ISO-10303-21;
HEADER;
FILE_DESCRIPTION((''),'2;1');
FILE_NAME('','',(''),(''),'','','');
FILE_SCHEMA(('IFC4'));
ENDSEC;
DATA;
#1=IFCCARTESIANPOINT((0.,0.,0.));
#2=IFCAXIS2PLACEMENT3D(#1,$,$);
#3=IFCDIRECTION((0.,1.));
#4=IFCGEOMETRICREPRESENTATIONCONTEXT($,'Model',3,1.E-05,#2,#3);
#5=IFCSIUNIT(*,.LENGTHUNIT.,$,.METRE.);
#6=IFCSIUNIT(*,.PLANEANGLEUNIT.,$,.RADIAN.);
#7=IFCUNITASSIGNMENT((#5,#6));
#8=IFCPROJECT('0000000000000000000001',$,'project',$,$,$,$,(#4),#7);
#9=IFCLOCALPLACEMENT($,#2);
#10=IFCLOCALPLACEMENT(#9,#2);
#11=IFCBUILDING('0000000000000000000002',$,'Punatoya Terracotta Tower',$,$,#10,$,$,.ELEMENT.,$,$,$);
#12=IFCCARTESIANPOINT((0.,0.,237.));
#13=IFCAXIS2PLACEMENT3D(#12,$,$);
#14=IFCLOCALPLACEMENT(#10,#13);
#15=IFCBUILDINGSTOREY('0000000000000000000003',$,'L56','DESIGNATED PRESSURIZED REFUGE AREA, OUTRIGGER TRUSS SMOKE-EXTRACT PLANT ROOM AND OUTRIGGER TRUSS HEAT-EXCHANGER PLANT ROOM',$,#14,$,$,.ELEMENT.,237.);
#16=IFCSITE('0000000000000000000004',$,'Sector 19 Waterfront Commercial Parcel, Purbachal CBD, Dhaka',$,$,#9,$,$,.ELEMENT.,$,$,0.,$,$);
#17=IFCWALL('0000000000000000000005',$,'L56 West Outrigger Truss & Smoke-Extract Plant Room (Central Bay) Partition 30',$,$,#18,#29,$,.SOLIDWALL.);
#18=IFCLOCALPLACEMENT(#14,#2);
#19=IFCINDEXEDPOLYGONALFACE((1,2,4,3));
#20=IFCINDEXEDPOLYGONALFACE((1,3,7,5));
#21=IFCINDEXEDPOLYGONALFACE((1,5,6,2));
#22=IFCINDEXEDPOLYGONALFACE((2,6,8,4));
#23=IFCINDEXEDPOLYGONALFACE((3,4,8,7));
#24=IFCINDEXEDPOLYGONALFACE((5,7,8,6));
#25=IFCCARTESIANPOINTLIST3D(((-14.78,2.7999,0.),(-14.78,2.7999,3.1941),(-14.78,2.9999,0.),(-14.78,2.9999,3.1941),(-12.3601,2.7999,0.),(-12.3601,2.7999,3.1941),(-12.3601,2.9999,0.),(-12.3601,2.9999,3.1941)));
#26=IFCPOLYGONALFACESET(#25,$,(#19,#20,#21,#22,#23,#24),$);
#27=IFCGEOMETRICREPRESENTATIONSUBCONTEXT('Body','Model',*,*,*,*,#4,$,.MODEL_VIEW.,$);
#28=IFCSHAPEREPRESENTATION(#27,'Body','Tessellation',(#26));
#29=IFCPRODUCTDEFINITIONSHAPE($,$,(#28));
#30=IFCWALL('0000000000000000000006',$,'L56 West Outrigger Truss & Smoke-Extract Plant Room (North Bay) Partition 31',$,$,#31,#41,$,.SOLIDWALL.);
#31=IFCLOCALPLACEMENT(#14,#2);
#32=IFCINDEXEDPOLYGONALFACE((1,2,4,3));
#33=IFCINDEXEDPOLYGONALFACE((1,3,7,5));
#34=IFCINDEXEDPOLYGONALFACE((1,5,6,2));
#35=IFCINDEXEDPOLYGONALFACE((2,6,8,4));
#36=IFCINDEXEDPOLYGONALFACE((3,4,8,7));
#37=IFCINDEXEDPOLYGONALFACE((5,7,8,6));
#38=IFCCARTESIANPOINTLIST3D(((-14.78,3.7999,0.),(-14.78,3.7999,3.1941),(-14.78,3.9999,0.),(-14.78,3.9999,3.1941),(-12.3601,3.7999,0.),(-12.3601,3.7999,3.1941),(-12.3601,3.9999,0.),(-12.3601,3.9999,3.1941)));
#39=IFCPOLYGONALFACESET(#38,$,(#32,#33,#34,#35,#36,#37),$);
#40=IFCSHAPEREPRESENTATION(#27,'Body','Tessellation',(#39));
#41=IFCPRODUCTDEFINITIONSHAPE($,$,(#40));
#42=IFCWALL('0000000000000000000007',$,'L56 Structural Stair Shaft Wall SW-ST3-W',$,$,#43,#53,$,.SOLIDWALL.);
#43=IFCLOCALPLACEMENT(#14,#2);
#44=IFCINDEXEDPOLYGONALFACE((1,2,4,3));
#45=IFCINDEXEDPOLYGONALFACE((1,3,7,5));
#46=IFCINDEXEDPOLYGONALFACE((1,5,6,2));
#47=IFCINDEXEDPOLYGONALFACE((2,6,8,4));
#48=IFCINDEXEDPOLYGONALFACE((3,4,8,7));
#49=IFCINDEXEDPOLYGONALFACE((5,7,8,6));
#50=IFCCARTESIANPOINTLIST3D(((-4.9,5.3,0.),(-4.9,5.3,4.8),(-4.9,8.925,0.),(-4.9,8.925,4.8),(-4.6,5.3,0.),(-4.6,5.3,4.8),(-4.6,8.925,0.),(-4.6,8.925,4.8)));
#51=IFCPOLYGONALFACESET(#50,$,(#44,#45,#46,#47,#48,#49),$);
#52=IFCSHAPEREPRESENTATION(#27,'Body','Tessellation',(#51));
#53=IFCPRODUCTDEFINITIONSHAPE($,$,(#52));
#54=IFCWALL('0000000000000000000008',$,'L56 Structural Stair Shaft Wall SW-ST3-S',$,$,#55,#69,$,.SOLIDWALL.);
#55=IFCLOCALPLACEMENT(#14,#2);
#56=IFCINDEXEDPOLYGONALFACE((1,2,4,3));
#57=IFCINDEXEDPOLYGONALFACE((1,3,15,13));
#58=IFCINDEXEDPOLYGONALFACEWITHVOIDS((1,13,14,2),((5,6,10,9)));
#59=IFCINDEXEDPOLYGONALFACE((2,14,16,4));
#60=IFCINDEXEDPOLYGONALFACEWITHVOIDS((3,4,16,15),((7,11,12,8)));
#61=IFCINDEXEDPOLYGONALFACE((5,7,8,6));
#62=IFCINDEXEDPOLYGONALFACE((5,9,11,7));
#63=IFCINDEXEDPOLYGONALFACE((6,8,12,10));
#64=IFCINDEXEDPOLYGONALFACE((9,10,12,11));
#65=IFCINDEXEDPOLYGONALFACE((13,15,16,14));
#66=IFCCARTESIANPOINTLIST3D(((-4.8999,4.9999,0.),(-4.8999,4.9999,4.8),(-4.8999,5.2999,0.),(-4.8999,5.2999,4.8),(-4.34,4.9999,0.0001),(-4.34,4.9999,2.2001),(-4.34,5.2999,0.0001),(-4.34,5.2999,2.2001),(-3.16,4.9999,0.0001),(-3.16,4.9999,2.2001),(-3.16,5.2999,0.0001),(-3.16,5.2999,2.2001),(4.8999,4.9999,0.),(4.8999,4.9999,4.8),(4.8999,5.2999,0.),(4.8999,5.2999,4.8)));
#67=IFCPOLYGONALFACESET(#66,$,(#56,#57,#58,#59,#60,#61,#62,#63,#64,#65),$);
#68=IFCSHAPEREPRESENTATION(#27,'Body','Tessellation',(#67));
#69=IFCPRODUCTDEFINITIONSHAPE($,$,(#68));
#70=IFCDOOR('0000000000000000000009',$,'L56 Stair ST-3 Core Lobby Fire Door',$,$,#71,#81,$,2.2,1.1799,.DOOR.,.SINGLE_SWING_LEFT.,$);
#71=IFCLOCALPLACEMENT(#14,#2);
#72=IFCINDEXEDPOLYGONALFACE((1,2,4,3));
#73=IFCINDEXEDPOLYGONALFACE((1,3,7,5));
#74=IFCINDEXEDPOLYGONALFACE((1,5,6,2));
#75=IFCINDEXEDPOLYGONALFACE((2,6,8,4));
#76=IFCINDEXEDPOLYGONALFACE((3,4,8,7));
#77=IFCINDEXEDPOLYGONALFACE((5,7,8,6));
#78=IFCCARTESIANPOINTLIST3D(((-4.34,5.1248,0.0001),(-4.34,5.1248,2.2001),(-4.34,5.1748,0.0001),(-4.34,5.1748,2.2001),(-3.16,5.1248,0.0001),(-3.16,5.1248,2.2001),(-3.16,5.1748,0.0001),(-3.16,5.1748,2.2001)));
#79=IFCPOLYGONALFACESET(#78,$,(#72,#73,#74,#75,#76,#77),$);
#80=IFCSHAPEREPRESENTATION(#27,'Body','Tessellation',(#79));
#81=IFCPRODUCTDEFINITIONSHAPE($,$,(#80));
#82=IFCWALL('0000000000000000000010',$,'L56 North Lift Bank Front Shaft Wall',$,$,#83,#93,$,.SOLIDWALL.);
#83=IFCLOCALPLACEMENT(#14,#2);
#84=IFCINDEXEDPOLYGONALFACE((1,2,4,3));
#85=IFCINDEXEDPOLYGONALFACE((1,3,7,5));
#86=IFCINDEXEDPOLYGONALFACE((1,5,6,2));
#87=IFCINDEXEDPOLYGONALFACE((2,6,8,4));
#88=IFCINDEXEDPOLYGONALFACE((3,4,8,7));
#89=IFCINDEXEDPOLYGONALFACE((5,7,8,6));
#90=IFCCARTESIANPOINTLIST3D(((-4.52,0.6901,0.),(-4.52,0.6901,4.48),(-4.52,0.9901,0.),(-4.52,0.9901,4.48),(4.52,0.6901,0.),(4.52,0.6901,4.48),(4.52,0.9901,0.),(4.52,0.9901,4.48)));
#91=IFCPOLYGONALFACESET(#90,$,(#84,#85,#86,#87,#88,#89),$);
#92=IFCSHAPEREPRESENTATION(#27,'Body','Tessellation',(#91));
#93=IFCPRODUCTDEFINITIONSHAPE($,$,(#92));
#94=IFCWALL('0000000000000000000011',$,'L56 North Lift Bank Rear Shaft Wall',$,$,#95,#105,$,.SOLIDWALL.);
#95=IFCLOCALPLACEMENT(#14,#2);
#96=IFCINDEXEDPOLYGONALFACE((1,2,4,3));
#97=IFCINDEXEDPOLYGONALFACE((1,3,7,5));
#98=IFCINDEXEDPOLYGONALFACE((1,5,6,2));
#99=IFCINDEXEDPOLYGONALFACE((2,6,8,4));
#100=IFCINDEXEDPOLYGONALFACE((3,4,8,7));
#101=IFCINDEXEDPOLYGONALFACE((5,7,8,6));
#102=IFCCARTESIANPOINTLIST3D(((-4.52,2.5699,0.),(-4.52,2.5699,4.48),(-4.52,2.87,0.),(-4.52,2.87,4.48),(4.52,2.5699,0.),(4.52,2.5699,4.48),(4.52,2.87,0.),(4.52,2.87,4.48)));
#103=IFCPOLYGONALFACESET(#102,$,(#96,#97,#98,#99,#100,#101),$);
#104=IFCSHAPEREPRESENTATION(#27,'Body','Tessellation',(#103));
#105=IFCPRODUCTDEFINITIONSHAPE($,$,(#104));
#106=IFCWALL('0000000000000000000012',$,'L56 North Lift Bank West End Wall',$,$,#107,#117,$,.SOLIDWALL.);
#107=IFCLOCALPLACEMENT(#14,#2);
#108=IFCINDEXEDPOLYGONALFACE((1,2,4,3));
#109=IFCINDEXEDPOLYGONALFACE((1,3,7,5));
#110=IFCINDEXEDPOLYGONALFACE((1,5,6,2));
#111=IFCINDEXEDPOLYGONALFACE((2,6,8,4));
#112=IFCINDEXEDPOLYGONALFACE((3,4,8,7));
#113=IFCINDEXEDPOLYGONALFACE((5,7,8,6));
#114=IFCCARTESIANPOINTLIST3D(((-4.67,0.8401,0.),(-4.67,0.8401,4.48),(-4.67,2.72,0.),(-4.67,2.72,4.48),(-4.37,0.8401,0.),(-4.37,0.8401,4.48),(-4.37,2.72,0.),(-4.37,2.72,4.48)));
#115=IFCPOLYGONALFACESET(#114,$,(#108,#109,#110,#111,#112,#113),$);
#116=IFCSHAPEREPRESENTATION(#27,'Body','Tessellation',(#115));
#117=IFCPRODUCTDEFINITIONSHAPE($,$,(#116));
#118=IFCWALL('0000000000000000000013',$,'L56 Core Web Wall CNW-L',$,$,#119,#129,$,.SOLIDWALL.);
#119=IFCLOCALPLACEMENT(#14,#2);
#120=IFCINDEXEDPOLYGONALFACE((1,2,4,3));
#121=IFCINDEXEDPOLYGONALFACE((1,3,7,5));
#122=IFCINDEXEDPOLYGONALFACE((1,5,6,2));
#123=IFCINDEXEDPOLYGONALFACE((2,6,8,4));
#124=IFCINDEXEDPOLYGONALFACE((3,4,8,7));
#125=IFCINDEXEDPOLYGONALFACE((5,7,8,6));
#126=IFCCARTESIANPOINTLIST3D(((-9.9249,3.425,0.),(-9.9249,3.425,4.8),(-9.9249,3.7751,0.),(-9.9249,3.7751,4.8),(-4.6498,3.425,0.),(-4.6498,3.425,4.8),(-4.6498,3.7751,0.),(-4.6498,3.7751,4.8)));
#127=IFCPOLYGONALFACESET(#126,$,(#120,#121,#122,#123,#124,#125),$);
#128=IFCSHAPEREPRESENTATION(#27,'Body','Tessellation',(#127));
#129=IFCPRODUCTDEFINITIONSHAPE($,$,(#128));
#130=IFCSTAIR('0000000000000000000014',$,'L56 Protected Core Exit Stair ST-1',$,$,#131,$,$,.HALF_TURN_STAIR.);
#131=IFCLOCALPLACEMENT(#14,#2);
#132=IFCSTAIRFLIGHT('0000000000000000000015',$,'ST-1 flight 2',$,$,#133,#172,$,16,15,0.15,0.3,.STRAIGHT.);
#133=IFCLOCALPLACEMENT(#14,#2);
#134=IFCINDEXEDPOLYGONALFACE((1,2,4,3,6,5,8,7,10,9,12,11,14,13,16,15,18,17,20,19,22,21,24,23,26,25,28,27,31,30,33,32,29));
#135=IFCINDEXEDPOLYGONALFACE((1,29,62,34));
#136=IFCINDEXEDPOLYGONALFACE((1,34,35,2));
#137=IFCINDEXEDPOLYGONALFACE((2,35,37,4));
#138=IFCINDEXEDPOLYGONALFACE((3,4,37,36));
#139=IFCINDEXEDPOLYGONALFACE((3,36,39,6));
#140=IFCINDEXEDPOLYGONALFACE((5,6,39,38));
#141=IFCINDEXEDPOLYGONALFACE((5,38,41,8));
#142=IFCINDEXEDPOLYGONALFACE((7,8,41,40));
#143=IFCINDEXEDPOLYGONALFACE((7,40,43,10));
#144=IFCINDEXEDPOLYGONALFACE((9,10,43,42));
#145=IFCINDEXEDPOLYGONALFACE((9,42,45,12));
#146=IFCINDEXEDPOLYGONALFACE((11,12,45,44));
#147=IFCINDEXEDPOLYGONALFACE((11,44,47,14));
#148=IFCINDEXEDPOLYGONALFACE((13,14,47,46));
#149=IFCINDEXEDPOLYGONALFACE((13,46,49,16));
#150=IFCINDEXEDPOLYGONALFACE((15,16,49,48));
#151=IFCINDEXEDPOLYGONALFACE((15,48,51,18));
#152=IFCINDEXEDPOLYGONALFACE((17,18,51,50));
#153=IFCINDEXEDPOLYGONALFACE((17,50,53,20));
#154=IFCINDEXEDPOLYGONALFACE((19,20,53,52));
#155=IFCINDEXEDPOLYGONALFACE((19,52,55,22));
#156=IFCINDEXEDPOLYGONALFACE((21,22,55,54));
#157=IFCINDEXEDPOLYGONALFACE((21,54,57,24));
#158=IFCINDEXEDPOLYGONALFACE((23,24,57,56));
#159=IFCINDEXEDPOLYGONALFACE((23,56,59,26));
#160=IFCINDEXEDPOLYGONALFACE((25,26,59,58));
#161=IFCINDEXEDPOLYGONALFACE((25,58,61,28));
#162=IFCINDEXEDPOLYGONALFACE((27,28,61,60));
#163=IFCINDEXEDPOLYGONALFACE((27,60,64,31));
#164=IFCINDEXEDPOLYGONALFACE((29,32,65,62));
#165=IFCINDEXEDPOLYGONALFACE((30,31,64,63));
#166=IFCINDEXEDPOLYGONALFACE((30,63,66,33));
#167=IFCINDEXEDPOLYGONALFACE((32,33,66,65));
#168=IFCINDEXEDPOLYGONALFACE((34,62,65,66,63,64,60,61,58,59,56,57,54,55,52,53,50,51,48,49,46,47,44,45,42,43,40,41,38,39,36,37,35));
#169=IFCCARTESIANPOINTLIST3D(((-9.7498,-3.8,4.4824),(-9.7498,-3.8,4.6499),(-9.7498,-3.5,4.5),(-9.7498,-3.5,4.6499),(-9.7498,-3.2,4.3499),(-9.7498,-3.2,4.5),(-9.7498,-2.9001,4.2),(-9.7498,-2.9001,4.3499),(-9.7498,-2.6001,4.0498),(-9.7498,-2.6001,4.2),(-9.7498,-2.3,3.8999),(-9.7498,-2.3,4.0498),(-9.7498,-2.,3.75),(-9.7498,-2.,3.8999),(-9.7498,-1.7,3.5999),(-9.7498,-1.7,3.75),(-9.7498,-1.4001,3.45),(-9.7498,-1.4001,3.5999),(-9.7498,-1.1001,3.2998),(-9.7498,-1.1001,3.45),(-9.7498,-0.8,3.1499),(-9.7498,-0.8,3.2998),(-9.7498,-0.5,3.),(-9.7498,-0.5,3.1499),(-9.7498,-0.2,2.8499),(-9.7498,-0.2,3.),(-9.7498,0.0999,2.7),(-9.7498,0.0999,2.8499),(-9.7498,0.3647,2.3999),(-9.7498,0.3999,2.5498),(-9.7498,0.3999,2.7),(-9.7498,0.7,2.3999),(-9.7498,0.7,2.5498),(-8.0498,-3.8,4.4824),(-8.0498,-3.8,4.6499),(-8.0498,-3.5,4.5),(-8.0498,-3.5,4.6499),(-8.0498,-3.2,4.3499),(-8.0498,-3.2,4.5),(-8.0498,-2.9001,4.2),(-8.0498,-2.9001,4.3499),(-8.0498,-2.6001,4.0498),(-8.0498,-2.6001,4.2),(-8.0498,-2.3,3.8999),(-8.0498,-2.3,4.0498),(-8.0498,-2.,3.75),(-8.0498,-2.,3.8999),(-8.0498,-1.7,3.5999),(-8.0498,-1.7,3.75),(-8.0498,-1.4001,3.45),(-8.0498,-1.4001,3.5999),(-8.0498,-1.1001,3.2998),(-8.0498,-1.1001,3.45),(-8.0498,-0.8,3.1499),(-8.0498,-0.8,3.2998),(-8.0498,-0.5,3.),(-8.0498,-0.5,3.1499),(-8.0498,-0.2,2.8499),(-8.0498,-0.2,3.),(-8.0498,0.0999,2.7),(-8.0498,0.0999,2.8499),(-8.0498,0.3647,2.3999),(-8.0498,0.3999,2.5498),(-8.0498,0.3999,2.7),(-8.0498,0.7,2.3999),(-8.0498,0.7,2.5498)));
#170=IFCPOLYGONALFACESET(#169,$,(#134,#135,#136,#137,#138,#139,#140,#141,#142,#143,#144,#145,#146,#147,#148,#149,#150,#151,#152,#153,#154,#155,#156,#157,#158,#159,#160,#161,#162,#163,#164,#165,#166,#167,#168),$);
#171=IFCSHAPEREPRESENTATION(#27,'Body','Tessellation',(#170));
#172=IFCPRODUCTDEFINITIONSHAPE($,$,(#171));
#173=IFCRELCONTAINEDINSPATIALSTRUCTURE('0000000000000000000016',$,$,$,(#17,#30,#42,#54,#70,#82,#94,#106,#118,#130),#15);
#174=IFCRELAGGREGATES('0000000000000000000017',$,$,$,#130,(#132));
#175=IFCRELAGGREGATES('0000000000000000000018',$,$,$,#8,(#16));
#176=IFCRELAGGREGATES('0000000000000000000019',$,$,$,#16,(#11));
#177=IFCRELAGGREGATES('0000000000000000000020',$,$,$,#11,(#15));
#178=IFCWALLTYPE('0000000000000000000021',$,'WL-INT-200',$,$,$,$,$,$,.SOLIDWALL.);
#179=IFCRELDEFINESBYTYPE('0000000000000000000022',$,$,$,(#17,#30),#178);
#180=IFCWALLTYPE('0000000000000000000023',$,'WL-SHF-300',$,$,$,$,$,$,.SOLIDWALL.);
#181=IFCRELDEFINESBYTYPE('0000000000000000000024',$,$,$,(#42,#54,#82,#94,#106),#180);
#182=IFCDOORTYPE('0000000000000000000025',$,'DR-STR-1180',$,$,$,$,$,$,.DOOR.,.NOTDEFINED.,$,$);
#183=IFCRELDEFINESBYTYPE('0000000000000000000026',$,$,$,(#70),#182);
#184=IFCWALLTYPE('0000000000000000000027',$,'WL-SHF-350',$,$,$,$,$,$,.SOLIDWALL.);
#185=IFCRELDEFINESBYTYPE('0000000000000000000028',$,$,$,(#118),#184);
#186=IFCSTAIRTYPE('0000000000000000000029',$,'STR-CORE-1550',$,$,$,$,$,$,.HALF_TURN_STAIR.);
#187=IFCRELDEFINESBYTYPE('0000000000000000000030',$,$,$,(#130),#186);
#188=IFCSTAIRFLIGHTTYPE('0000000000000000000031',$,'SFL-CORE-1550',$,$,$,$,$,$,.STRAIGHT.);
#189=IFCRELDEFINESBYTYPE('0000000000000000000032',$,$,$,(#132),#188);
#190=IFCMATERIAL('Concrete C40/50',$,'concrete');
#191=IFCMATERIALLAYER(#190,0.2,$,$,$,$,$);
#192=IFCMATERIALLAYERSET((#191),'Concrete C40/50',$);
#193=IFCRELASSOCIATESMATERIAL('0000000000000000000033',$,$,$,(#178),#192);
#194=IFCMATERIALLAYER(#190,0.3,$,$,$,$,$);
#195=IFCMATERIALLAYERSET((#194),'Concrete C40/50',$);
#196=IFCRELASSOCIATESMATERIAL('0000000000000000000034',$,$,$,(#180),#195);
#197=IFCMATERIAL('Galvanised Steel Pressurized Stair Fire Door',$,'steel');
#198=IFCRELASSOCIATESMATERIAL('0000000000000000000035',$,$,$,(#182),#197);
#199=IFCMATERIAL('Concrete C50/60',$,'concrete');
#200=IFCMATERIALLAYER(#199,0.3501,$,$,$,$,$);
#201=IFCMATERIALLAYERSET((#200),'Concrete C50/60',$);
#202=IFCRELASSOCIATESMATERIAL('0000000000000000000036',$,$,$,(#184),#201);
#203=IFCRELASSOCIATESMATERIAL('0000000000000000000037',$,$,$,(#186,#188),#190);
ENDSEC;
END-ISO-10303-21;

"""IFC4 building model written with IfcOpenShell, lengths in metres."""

from ifc_helpers import new_model, si_unit, direction, frame, frame_2d, origin, place, context, subcontext, project, spatial, polyline, rectangle, outline, extrude, material, layer, layer_set, type_object, element, fill, aggregate, save


model = new_model("IFC4")

# Units and contexts
model_context = context("Model", 3, precision=1e-05, world=origin(), true_north=direction((0.0, 1.0)))
body_context = subcontext(model_context, "Body", "Model", "MODEL_VIEW")
ifc_project = project(units=[si_unit("LENGTHUNIT", "METRE"), si_unit("PLANEANGLEUNIT", "RADIAN")], contexts=[model_context])

# Site, building, storey
site_placement = place(None, origin())
site = spatial("IfcSite", under=ifc_project, at=site_placement, Name="Sector 19 Waterfront Commercial Parcel, Purbachal CBD, Dhaka", CompositionType="ELEMENT", RefElevation=0.0)
building_placement = place(site_placement, origin())
building = spatial("IfcBuilding", under=site, at=building_placement, Name="Punatoya Terracotta Tower", CompositionType="ELEMENT")
storey_placement = place(building_placement, frame((0.0, 0.0, 237.0)))
storey = spatial("IfcBuildingStorey", under=building, at=storey_placement, Name="L56", Description="DESIGNATED PRESSURIZED REFUGE AREA, OUTRIGGER TRUSS SMOKE-EXTRACT PLANT ROOM AND OUTRIGGER TRUSS HEAT-EXCHANGER PLANT ROOM", CompositionType="ELEMENT", Elevation=237.0)

# Shared definitions
ifc_material_1 = material(Name="Concrete C50/60", Category="concrete")

# Shared definitions
ifc_material_2 = material(Name="Concrete C40/50", Category="concrete")
ifc_layer_1 = layer(ifc_material_2, 0.2)
ifc_layer_set_1 = layer_set([ifc_layer_1], Name="Concrete C40/50")
wall_type_1 = type_object("IfcWallType", Name="WL-INT-200", PredefinedType="SOLIDWALL", material=ifc_layer_set_1)

# Walls
for number, where, z_axis, x_axis, name in (
    (1, (-14.78, 2.8999, 0.0), (0.0, 0.0, 1.0), (1.0, 0.0, 0.0), "L56 West Outrigger Truss & Smoke-Extract Plant Room (Central Bay) Partition 30"),
    (2, (-12.3601, 3.8999, 0.0), (0.0, 0.0, 1.0), (-1.0, 0.0, 0.0), "L56 West Outrigger Truss & Smoke-Extract Plant Room (North Bay) Partition 31"),
):
    element("IfcWall", number, at=place(storey_placement, frame(where, z_axis=z_axis, x_axis=x_axis)), inside=storey, type_object=wall_type_1, Name=name, PredefinedType="SOLIDWALL", context=body_context, shape_type="SweptSolid", body=[
        extrude(rectangle(XDim=2.4199, YDim=0.2, at=frame_2d((1.21, 0.0))), origin(), (0.0, 0.0, 1.0), 3.1941),
    ])
ifc_layer_2 = layer(ifc_material_2, 0.3)
ifc_layer_set_2 = layer_set([ifc_layer_2], Name="Concrete C40/50")
wall_type_2 = type_object("IfcWallType", Name="WL-SHF-300", PredefinedType="SOLIDWALL", material=ifc_layer_set_2)
wall_1_placement = place(storey_placement, frame((-4.75, 5.3, 0.0), z_axis=(0.0, 0.0, 1.0), x_axis=(0.0, 1.0, 0.0)))
element("IfcWall", 3, at=wall_1_placement, inside=storey, type_object=wall_type_2, Name="L56 Structural Stair Shaft Wall SW-ST3-W", PredefinedType="SOLIDWALL", context=body_context, shape_type="SweptSolid", body=[
    extrude(rectangle(XDim=3.625, YDim=0.3, at=frame_2d((1.8125, 0.0))), origin(), (0.0, 0.0, 1.0), 4.8),
])

# Wall, opening, door
wall_2_placement = place(storey_placement, frame((-4.8999, 5.1499, 0.0), z_axis=(0.0, 0.0, 1.0), x_axis=(1.0, 0.0, 0.0)))
wall_2 = element("IfcWall", 4, at=wall_2_placement, inside=storey, type_object=wall_type_2, Name="L56 Structural Stair Shaft Wall SW-ST3-S", PredefinedType="SOLIDWALL", context=body_context, shape_type="SweptSolid", body=[
    extrude(rectangle(XDim=9.7998, YDim=0.3, at=frame_2d((4.8999, 0.0))), origin(), (0.0, 0.0, 1.0), 4.8),
])
opening_1_placement = place(wall_2_placement, frame((0.5601, 0.0, 0.0)))
opening_1 = element("IfcOpeningElement", 5, at=opening_1_placement, cuts=wall_2, PredefinedType="OPENING", context=body_context, shape_type="SweptSolid", body=[
    extrude(rectangle(XDim=1.1799, YDim=2.2, at=frame_2d((0.5898, 1.1001))), frame((0.0, 0.1599, 0.0), z_axis=(0.0, -1.0, 0.0), x_axis=(1.0, 0.0, 0.0)), (0.0, 0.0, 1.0), 0.3201),
])
ifc_material_3 = material(Name="Galvanised Steel Pressurized Stair Fire Door", Category="steel")
door_type_1 = type_object("IfcDoorType", Name="DR-STR-1180", OperationType="NOTDEFINED", PredefinedType="DOOR", material=ifc_material_3)
door_1_placement = place(opening_1_placement, origin())
door_1 = element("IfcDoor", 6, at=door_1_placement, inside=storey, type_object=door_type_1, Name="L56 Stair ST-3 Core Lobby Fire Door", OperationType="SINGLE_SWING_LEFT", OverallHeight=2.2, OverallWidth=1.1799, PredefinedType="DOOR", context=body_context, shape_type="SweptSolid", body=[
    extrude(rectangle(XDim=1.1799, YDim=2.2, at=frame_2d((0.5898, 1.1001))), frame((0.0, 0.0249, 0.0), z_axis=(0.0, -1.0, 0.0), x_axis=(1.0, 0.0, 0.0)), (0.0, 0.0, 1.0), 0.05),
])
fill(opening_1, door_1)

# Walls
for number, where, z_axis, x_axis, name in (
    (7, (-4.52, 0.8401, 0.0), (0.0, 0.0, 1.0), (1.0, 0.0, 0.0), "L56 North Lift Bank Front Shaft Wall"),
    (8, (-4.52, 2.72, 0.0), (0.0, 0.0, 1.0), (1.0, 0.0, 0.0), "L56 North Lift Bank Rear Shaft Wall"),
):
    element("IfcWall", number, at=place(storey_placement, frame(where, z_axis=z_axis, x_axis=x_axis)), inside=storey, type_object=wall_type_2, Name=name, PredefinedType="SOLIDWALL", context=body_context, shape_type="SweptSolid", body=[
        extrude(rectangle(XDim=9.04, YDim=0.3, at=frame_2d((4.52, 0.0))), origin(), (0.0, 0.0, 1.0), 4.48),
    ])
wall_3_placement = place(storey_placement, frame((-4.52, 0.8401, 0.0), z_axis=(0.0, 0.0, 1.0), x_axis=(0.0, 1.0, 0.0)))
element("IfcWall", 9, at=wall_3_placement, inside=storey, type_object=wall_type_2, Name="L56 North Lift Bank West End Wall", PredefinedType="SOLIDWALL", context=body_context, shape_type="SweptSolid", body=[
    extrude(rectangle(XDim=1.8799, YDim=0.3, at=frame_2d((0.9399, 0.0))), origin(), (0.0, 0.0, 1.0), 4.48),
])
ifc_layer_3 = layer(ifc_material_1, 0.3501)
ifc_layer_set_3 = layer_set([ifc_layer_3], Name="Concrete C50/60")
wall_type_3 = type_object("IfcWallType", Name="WL-SHF-350", PredefinedType="SOLIDWALL", material=ifc_layer_set_3)
wall_4_placement = place(storey_placement, frame((-9.925, 3.6001, 0.0), z_axis=(0.0, 0.0, 1.0), x_axis=(1.0, 0.0, 0.0)))
element("IfcWall", 10, at=wall_4_placement, inside=storey, type_object=wall_type_3, Name="L56 Core Web Wall CNW-L", PredefinedType="SOLIDWALL", context=body_context, shape_type="SweptSolid", body=[
    extrude(rectangle(XDim=5.2751, YDim=0.3501, at=frame_2d((2.6377, 0.0))), origin(), (0.0, 0.0, 1.0), 4.8),
])

# Stair, stair flight
stair_type_1 = type_object("IfcStairType", Name="STR-CORE-1550", PredefinedType="HALF_TURN_STAIR", material=ifc_material_2)
stair_1_placement = place(storey_placement, origin())
stair_1 = element("IfcStair", 11, at=stair_1_placement, inside=storey, type_object=stair_type_1, Name="L56 Protected Core Exit Stair ST-1", PredefinedType="HALF_TURN_STAIR")
stair_flight_type_1 = type_object("IfcStairFlightType", Name="SFL-CORE-1550", PredefinedType="STRAIGHT", material=ifc_material_2)
stair_flight_1_placement = place(storey_placement, frame((-8.8999, 0.7, 2.3999), z_axis=(0.0, 0.0, 1.0), x_axis=(0.0, -1.0, 0.0)))
stair_flight_1 = element("IfcStairFlight", 12, at=stair_flight_1_placement, type_object=stair_flight_type_1, Name="ST-1 flight 2", NumberOfRisers=16, NumberOfTreads=15, PredefinedType="STRAIGHT", RiserHeight=0.15, TreadLength=0.3, context=body_context, shape_type="SweptSolid", body=[
    extrude(outline(polyline([(0.0, 0.0), (0.0, 0.1499), (0.3, 0.1499), (0.3, 0.3), (0.6001, 0.3), (0.6001, 0.45), (0.8999, 0.45), (0.8999, 0.6001), (1.2, 0.6001), (1.2, 0.75), (1.5, 0.75), (1.5, 0.8999), (1.8, 0.8999), (1.8, 1.05), (2.1001, 1.05), (2.1001, 1.2), (2.3999, 1.2), (2.3999, 1.3501), (2.7, 1.3501), (2.7, 1.5), (3.0, 1.5), (3.0, 1.6499), (3.3, 1.6499), (3.3, 1.8), (3.6001, 1.8), (3.6001, 1.95), (3.8999, 1.95), (3.8999, 2.1001), (4.2, 2.1001), (4.2, 2.25), (4.5, 2.25), (4.5, 2.3999), (4.5, 2.0825), (0.3352, 0.0), (0.0, 0.0)])), frame((0.0, 0.8501, 0.0), z_axis=(0.0, -1.0, 0.0), x_axis=(1.0, 0.0, 0.0)), (0.0, 0.0, 1.0), 1.7),
])
aggregate(stair_1, [stair_flight_1])

save(model, "model.ifc")
